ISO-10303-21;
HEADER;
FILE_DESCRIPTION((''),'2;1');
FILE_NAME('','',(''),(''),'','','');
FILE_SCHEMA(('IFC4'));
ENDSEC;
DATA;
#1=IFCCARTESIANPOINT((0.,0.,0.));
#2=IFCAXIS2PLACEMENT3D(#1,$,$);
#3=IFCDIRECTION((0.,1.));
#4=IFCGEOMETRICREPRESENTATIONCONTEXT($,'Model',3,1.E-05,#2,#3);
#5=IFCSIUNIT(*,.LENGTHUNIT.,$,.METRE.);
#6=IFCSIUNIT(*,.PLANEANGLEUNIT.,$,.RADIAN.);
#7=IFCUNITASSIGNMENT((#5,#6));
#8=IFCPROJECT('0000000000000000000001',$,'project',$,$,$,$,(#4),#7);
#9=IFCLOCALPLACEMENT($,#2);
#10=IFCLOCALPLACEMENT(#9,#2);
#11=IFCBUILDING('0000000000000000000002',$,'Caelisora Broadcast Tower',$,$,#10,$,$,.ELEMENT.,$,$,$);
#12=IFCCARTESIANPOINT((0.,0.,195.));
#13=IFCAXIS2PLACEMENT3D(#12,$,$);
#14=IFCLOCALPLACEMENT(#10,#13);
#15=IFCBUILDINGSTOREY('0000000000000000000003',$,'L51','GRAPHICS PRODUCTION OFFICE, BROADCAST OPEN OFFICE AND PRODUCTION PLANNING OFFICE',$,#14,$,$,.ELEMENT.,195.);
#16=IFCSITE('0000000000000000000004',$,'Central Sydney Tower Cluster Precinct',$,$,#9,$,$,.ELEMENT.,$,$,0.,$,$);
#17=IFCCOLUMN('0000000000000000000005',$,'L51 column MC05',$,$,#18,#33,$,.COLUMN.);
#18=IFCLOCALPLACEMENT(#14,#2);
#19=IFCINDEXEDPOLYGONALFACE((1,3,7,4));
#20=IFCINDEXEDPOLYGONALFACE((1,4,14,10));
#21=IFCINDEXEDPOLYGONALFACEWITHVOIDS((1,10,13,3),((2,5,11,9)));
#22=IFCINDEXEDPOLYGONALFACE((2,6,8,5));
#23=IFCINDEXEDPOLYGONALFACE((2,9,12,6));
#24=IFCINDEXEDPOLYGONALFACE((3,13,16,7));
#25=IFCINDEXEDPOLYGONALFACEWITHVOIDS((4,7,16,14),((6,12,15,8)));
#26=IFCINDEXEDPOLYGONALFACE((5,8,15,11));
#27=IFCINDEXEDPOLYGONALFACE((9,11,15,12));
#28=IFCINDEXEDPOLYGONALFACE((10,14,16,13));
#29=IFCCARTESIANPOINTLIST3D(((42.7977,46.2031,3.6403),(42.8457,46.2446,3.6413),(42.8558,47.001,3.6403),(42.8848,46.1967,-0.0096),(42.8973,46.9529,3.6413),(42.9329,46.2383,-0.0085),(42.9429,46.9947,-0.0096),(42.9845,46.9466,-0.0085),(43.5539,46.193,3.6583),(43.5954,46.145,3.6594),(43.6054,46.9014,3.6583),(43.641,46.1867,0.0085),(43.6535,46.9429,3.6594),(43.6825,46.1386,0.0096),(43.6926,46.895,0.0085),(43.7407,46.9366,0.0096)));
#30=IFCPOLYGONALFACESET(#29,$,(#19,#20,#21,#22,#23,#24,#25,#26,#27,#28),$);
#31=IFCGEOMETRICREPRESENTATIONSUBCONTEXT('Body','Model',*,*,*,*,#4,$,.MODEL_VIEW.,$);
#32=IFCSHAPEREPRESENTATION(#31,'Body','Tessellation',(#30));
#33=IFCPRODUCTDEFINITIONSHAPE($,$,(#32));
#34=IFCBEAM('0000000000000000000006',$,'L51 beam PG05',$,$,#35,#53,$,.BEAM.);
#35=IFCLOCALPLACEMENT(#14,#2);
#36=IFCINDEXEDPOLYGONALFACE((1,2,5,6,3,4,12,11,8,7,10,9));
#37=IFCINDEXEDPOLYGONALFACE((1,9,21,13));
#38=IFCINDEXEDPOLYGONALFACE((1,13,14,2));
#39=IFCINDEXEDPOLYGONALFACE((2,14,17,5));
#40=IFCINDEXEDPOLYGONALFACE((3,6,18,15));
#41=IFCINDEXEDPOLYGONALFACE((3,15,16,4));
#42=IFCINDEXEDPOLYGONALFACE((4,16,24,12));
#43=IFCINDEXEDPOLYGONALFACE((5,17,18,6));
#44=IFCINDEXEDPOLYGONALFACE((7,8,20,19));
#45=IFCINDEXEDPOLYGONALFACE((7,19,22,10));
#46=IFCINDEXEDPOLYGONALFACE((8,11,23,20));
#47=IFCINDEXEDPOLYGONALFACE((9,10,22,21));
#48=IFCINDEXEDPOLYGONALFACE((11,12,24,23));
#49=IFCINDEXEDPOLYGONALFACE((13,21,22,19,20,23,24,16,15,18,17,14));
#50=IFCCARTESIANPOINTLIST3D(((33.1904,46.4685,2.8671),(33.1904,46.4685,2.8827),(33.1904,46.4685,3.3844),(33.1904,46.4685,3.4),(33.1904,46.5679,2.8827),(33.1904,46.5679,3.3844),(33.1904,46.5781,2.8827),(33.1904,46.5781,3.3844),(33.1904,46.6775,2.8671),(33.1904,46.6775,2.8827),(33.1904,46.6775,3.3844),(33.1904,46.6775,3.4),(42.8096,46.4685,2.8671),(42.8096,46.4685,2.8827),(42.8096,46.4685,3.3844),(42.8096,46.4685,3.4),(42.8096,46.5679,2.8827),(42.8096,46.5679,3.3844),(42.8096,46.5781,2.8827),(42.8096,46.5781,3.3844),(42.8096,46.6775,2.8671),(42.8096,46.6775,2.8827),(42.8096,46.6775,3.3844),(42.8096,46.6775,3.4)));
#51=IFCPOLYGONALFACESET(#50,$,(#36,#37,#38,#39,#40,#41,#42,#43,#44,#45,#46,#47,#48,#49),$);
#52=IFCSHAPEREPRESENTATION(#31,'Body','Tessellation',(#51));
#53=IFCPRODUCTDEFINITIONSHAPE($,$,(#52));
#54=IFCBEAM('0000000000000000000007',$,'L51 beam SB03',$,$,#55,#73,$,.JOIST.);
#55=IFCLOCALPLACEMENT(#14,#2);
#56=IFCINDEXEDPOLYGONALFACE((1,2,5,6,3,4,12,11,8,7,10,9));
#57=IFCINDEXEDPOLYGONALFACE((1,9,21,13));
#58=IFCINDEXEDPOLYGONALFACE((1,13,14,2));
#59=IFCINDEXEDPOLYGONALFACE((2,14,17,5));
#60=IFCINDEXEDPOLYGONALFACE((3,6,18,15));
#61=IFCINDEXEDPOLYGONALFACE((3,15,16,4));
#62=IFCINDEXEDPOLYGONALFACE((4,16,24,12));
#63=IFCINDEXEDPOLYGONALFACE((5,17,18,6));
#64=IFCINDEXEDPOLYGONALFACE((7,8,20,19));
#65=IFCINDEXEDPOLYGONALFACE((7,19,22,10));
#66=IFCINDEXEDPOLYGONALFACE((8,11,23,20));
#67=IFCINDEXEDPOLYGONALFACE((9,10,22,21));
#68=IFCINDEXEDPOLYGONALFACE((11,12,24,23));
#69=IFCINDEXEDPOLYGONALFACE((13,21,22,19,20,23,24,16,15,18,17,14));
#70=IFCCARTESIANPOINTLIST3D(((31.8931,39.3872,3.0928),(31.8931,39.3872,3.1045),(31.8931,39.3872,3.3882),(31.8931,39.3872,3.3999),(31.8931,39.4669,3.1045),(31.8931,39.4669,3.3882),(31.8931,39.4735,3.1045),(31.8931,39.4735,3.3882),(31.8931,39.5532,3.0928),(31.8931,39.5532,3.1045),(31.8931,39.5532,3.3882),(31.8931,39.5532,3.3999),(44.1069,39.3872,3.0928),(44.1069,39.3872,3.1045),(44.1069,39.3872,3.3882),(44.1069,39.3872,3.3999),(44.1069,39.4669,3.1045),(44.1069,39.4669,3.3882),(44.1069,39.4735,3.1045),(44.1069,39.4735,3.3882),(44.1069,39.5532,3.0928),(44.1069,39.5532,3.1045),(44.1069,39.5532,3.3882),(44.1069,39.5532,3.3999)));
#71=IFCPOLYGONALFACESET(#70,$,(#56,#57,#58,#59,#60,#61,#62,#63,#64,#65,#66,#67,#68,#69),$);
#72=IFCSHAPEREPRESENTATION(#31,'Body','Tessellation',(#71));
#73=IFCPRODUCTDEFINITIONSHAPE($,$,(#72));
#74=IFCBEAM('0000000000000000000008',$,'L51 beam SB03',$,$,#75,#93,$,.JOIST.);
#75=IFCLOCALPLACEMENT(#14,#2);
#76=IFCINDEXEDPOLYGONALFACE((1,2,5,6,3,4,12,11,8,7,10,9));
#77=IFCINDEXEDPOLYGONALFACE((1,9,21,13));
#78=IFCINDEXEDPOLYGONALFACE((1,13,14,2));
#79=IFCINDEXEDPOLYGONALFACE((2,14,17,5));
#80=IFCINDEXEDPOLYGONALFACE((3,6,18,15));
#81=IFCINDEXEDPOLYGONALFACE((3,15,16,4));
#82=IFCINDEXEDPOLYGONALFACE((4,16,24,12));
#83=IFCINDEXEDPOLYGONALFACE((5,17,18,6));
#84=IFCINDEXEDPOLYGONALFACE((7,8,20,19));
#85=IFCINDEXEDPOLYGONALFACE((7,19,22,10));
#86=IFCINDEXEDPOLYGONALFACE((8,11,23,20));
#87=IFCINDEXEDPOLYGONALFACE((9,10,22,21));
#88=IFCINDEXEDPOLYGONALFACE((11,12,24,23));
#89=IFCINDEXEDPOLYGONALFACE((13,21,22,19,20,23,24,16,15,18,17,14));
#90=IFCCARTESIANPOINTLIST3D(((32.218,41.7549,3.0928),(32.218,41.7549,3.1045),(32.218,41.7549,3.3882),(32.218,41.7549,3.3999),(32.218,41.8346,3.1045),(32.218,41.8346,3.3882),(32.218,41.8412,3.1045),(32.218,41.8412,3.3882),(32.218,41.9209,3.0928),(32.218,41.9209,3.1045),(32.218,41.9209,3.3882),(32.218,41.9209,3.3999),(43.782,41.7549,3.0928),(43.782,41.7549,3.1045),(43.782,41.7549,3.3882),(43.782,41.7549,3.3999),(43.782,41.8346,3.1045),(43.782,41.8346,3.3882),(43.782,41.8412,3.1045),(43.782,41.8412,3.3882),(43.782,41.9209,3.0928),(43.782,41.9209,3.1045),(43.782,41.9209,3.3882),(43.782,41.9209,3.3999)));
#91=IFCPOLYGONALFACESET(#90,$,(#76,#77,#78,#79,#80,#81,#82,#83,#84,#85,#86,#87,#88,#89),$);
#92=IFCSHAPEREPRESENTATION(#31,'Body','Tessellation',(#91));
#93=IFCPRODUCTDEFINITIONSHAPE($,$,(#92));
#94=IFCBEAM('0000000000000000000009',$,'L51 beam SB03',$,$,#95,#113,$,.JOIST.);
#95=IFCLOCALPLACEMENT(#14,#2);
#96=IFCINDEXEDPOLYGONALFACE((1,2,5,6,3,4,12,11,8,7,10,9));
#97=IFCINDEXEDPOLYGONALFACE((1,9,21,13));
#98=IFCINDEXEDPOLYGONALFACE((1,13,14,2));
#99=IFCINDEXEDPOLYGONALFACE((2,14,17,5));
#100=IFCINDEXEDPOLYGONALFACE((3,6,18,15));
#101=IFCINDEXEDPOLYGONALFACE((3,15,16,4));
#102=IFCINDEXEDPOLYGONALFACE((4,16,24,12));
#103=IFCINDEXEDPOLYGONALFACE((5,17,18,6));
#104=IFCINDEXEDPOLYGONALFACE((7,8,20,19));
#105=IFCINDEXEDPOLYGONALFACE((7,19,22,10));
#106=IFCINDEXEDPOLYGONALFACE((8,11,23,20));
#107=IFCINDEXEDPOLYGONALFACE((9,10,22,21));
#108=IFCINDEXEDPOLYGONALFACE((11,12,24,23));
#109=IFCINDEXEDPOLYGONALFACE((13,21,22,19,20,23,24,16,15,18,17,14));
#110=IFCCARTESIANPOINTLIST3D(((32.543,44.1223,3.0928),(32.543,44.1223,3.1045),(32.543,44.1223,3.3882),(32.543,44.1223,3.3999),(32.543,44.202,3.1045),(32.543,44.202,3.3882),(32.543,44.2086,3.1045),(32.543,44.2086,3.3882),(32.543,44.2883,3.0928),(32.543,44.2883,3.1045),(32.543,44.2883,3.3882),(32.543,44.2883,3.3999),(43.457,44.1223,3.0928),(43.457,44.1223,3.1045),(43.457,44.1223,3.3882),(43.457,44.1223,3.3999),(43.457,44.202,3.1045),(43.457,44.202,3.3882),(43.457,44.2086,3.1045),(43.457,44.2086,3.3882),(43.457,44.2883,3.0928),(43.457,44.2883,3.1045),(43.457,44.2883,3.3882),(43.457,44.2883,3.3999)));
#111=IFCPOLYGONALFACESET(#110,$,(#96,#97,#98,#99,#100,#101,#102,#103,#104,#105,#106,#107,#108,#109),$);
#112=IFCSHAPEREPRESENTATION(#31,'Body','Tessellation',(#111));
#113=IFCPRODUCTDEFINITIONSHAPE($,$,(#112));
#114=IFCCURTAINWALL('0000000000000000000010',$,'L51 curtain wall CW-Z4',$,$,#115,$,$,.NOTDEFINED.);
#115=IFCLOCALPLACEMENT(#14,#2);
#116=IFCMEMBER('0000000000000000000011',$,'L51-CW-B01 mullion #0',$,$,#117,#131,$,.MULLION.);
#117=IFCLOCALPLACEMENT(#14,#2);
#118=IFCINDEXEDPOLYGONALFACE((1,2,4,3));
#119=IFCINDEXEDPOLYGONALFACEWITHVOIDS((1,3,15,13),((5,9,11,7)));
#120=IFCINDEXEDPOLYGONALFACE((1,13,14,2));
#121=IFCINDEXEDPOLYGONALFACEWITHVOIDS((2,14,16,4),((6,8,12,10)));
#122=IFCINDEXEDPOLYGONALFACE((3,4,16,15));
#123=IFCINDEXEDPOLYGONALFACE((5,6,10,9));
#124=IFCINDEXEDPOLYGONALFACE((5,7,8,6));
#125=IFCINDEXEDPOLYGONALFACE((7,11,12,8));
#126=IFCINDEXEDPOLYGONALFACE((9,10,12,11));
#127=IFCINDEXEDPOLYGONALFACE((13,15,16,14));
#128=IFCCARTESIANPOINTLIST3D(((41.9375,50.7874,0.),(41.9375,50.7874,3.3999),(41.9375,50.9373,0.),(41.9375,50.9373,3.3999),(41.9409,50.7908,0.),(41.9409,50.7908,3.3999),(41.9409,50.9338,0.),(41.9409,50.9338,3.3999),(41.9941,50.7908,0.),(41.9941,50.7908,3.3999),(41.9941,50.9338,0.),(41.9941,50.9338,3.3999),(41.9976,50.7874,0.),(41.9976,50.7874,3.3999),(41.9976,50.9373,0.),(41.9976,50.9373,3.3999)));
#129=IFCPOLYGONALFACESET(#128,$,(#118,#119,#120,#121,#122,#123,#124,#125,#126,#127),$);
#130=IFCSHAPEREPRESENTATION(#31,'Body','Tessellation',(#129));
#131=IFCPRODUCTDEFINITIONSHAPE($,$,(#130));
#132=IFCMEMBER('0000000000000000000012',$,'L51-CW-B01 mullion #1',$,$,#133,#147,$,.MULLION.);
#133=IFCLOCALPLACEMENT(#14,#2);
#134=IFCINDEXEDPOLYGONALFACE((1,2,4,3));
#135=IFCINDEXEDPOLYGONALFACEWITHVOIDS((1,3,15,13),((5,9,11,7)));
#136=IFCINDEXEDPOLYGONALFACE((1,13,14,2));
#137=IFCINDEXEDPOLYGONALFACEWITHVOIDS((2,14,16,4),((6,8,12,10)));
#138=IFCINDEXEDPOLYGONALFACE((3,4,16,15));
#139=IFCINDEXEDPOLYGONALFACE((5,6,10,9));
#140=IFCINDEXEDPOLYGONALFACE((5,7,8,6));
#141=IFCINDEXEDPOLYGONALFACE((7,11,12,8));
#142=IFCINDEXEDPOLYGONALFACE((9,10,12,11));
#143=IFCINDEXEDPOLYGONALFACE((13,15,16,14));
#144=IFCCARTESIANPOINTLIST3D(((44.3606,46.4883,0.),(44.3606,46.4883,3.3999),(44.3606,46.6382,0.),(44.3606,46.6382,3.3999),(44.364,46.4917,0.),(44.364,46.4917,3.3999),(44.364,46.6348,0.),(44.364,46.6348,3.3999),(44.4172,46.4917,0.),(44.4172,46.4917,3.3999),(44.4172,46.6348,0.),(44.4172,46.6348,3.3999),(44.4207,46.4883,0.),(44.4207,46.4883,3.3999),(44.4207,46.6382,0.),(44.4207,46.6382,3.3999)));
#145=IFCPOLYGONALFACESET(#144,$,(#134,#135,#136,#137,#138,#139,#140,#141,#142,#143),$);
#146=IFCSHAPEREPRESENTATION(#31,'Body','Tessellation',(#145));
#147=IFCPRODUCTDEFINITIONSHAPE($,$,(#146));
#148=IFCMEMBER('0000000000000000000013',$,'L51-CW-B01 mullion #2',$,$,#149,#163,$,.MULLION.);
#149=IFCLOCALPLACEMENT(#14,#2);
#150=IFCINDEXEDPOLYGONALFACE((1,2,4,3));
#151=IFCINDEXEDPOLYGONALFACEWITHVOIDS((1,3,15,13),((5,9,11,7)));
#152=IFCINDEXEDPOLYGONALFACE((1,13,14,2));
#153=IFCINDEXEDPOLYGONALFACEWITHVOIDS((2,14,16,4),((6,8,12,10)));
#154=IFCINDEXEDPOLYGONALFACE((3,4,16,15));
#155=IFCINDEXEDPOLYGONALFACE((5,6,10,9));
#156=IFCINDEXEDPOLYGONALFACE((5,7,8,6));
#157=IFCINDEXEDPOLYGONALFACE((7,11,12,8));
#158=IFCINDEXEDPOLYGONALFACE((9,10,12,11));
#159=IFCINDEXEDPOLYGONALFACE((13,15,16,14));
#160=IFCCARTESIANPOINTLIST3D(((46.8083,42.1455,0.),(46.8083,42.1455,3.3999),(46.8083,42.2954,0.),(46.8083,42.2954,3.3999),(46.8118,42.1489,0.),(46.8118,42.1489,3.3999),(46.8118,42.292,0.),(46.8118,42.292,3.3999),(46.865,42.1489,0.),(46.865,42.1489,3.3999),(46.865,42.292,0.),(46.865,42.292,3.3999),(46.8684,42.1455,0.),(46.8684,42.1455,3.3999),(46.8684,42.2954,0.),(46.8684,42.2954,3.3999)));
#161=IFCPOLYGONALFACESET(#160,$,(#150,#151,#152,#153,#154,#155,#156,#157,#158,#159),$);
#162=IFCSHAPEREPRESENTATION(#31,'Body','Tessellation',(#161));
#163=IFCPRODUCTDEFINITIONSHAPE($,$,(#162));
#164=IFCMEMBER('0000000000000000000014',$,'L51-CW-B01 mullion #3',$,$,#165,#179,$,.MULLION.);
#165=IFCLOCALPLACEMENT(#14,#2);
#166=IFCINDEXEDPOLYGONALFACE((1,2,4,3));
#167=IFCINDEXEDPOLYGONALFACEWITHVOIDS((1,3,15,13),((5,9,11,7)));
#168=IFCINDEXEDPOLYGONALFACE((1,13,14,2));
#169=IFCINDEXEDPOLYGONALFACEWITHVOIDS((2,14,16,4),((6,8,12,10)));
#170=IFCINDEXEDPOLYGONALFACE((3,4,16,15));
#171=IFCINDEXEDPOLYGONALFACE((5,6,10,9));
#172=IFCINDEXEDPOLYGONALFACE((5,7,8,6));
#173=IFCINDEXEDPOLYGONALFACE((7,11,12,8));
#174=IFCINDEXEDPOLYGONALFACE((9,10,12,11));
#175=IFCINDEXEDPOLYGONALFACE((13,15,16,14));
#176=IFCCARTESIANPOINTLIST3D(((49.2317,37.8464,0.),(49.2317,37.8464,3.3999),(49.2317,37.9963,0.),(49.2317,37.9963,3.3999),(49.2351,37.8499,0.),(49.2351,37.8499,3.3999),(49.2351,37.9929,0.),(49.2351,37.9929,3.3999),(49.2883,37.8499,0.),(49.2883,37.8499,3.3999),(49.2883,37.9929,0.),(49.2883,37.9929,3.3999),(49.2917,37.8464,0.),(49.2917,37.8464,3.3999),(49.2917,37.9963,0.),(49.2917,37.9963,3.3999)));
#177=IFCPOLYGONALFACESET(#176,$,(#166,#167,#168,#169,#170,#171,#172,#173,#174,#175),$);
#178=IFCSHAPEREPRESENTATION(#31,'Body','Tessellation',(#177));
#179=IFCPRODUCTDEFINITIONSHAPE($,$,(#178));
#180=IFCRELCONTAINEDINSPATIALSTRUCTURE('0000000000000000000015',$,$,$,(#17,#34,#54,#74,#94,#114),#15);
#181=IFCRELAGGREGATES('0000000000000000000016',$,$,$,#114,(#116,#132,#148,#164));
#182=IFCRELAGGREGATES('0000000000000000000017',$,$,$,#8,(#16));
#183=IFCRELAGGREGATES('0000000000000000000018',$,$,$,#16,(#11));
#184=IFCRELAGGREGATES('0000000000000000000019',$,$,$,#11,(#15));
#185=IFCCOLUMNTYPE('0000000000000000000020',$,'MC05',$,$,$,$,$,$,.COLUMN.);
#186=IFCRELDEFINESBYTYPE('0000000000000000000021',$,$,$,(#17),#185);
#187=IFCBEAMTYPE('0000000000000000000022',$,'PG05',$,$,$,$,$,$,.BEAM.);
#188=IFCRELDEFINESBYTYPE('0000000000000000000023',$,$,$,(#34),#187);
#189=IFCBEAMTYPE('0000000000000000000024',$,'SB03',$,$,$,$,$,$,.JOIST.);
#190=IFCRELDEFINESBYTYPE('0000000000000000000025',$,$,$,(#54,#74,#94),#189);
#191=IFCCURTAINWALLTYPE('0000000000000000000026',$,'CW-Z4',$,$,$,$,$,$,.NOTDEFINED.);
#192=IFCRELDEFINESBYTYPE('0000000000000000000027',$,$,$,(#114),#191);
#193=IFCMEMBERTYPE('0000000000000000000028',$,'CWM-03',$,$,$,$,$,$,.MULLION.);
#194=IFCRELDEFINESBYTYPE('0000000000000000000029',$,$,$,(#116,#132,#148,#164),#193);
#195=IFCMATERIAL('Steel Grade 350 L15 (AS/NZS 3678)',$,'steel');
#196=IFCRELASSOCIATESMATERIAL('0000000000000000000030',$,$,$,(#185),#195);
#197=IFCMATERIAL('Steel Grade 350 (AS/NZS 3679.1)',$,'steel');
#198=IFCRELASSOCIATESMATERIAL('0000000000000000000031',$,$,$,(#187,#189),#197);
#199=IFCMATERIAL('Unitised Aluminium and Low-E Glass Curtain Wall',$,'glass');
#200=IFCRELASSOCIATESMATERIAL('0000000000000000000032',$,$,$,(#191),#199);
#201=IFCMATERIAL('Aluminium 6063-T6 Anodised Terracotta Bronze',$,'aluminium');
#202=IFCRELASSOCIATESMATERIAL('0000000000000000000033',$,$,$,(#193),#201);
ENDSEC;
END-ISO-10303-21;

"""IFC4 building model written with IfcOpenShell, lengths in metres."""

from ifc_helpers import new_model, si_unit, direction, frame, origin, origin_2d, place, context, subcontext, project, spatial, hollow_rectangle, i_section, extrude, source, transform, mapped, material, material_profile, profile_set, type_object, type_shapes, element, aggregate, save


model = new_model("IFC4")

# Units and contexts
model_context = context("Model", 3, precision=1e-05, world=origin(), true_north=direction((0.0, 1.0)))
body_context = subcontext(model_context, "Body", "Model", "MODEL_VIEW")
ifc_project = project(units=[si_unit("LENGTHUNIT", "METRE"), si_unit("PLANEANGLEUNIT", "RADIAN")], contexts=[model_context])

# Site, building, storey
site_placement = place(None, origin())
site = spatial("IfcSite", under=ifc_project, at=site_placement, Name="Central Sydney Tower Cluster Precinct", CompositionType="ELEMENT", RefElevation=0.0)
building_placement = place(site_placement, origin())
building = spatial("IfcBuilding", under=site, at=building_placement, Name="Caelisora Broadcast Tower", CompositionType="ELEMENT")
storey_placement = place(building_placement, frame((0.0, 0.0, 195.0)))
storey = spatial("IfcBuildingStorey", under=building, at=storey_placement, Name="L51", Description="GRAPHICS PRODUCTION OFFICE, BROADCAST OPEN OFFICE AND PRODUCTION PLANNING OFFICE", CompositionType="ELEMENT", Elevation=195.0)

# Column
ifc_material_1 = material(Name="Steel Grade 350 L15 (AS/NZS 3678)", Category="steel")
ifc_material_profile_1 = material_profile(ifc_material_1, hollow_rectangle(XDim=0.8, YDim=0.8, WallThickness=0.0449, at=origin_2d()), Name="Steel Grade 350 L15 (AS/NZS 3678)")
ifc_profile_set_1 = profile_set([ifc_material_profile_1], Name="Steel Grade 350 L15 (AS/NZS 3678)")
column_type = type_object("IfcColumnType", Name="MC05", PredefinedType="COLUMN", material=ifc_profile_set_1)
shared_shape_1 = source(origin(), body_context, "Body", "SweptSolid", [
    extrude(hollow_rectangle(XDim=0.8, YDim=0.8, WallThickness=0.0449, at=origin_2d()), origin(), (0.0, 0.0, 1.0), 3.6509),
])
type_shapes(column_type, [shared_shape_1])
column_placement = place(storey_placement, frame((43.3127, 46.5667, 0.0), z_axis=(-0.023873, 0.001739, 0.999713), x_axis=(-0.072637, -0.997358, 0.0)))
element("IfcColumn", 1, at=column_placement, inside=storey, type_object=column_type, Name="L51 column MC05", PredefinedType="COLUMN", context=body_context, shape_type="MappedRepresentation", body=[
    mapped(shared_shape_1, transform((0.0, 0.0, 0.0), scale=1.0)),
])

# Beams
ifc_material_2 = material(Name="Steel Grade 350 (AS/NZS 3679.1)", Category="steel")
ifc_material_profile_2 = material_profile(ifc_material_2, i_section(OverallWidth=0.209, OverallDepth=0.533, WebThickness=0.0103, FlangeThickness=0.0156, at=origin_2d()), Name="Steel Grade 350 (AS/NZS 3679.1)")
ifc_profile_set_2 = profile_set([ifc_material_profile_2], Name="Steel Grade 350 (AS/NZS 3679.1)")
beam_type_1 = type_object("IfcBeamType", Name="PG05", PredefinedType="BEAM", material=ifc_profile_set_2)
shared_shape_2 = source(origin(), body_context, "Body", "SweptSolid", [
    extrude(i_section(OverallWidth=0.209, OverallDepth=0.533, WebThickness=0.0103, FlangeThickness=0.0156, at=origin_2d()), origin(), (0.0, 0.0, 1.0), 9.6191),
])
type_shapes(beam_type_1, [shared_shape_2])
beam_1_placement = place(storey_placement, frame((42.8096, 46.573, 3.1335), z_axis=(-1.0, 0.0, 0.0), x_axis=(0.0, -1.0, 0.0)))
element("IfcBeam", 2, at=beam_1_placement, inside=storey, type_object=beam_type_1, Name="L51 beam PG05", PredefinedType="BEAM", context=body_context, shape_type="MappedRepresentation", body=[
    mapped(shared_shape_2, transform((0.0, 0.0, 0.0), scale=1.0)),
])
ifc_material_profile_3 = material_profile(ifc_material_2, i_section(OverallWidth=0.166, OverallDepth=0.3071, WebThickness=0.0066, FlangeThickness=0.0117, at=origin_2d()), Name="Steel Grade 350 (AS/NZS 3679.1)")
ifc_profile_set_3 = profile_set([ifc_material_profile_3], Name="Steel Grade 350 (AS/NZS 3679.1)")
beam_type_2 = type_object("IfcBeamType", Name="SB03", PredefinedType="JOIST", material=ifc_profile_set_3)
shared_shape_3 = source(origin(), body_context, "Body", "SweptSolid", [
    extrude(i_section(OverallWidth=0.166, OverallDepth=0.3071, WebThickness=0.0066, FlangeThickness=0.0117, at=origin_2d()), origin(), (0.0, 0.0, 1.0), 12.2139),
])
beam_2_placement = place(storey_placement, frame((44.1069, 39.4702, 3.2463), z_axis=(-1.0, 0.0, 0.0), x_axis=(0.0, -1.0, 0.0)))
element("IfcBeam", 3, at=beam_2_placement, inside=storey, type_object=beam_type_2, Name="L51 beam SB03", PredefinedType="JOIST", context=body_context, shape_type="MappedRepresentation", body=[
    mapped(shared_shape_3, transform((0.0, 0.0, 0.0), scale=1.0)),
])
shared_shape_4 = source(origin(), body_context, "Body", "SweptSolid", [
    extrude(i_section(OverallWidth=0.166, OverallDepth=0.3071, WebThickness=0.0066, FlangeThickness=0.0117, at=origin_2d()), origin(), (0.0, 0.0, 1.0), 11.564),
])
beam_3_placement = place(storey_placement, frame((43.782, 41.8379, 3.2463), z_axis=(-1.0, 0.0, 0.0), x_axis=(0.0, -1.0, 0.0)))
element("IfcBeam", 4, at=beam_3_placement, inside=storey, type_object=beam_type_2, Name="L51 beam SB03", PredefinedType="JOIST", context=body_context, shape_type="MappedRepresentation", body=[
    mapped(shared_shape_4, transform((0.0, 0.0, 0.0), scale=1.0)),
])
shared_shape_5 = source(origin(), body_context, "Body", "SweptSolid", [
    extrude(i_section(OverallWidth=0.166, OverallDepth=0.3071, WebThickness=0.0066, FlangeThickness=0.0117, at=origin_2d()), origin(), (0.0, 0.0, 1.0), 10.9141),
])
type_shapes(beam_type_2, [shared_shape_3, shared_shape_4, shared_shape_5])
beam_4_placement = place(storey_placement, frame((43.457, 44.2053, 3.2463), z_axis=(-1.0, 0.0, 0.0), x_axis=(0.0, -1.0, 0.0)))
element("IfcBeam", 5, at=beam_4_placement, inside=storey, type_object=beam_type_2, Name="L51 beam SB03", PredefinedType="JOIST", context=body_context, shape_type="MappedRepresentation", body=[
    mapped(shared_shape_5, transform((0.0, 0.0, 0.0), scale=1.0)),
])

# Curtain wall, members
ifc_material_3 = material(Name="Unitised Aluminium and Low-E Glass Curtain Wall", Category="glass")
curtain_wall_type_1 = type_object("IfcCurtainWallType", Name="CW-Z4", PredefinedType="NOTDEFINED", material=ifc_material_3)
curtain_wall_1_placement = place(storey_placement, origin())
curtain_wall_1 = element("IfcCurtainWall", 6, at=curtain_wall_1_placement, inside=storey, type_object=curtain_wall_type_1, Name="L51 curtain wall CW-Z4", PredefinedType="NOTDEFINED")
ifc_material_4 = material(Name="Aluminium 6063-T6 Anodised Terracotta Bronze", Category="aluminium")
ifc_material_profile_4 = material_profile(ifc_material_4, hollow_rectangle(XDim=0.0601, YDim=0.1499, WallThickness=0.0034, at=origin_2d()), Name="Aluminium 6063-T6 Anodised Terracotta Bronze")
ifc_profile_set_4 = profile_set([ifc_material_profile_4], Name="Aluminium 6063-T6 Anodised Terracotta Bronze")
member_type_1 = type_object("IfcMemberType", Name="CWM-03", PredefinedType="MULLION", material=ifc_profile_set_4)
shared_shape_6 = source(origin(), body_context, "Body", "SweptSolid", [
    extrude(hollow_rectangle(XDim=0.0601, YDim=0.1499, WallThickness=0.0034, at=origin_2d()), origin(), (0.0, 0.0, 1.0), 3.3999),
])
type_shapes(member_type_1, [shared_shape_6])
member_1_placement = place(storey_placement, frame((41.9675, 50.8623, 0.0), z_axis=(0.0, 0.0, 1.0), x_axis=(1.0, 0.0, 0.0)))
member_1 = element("IfcMember", 7, at=member_1_placement, type_object=member_type_1, Name="L51-CW-B01 mullion #0", PredefinedType="MULLION", context=body_context, shape_type="MappedRepresentation", body=[
    mapped(shared_shape_6, transform((0.0, 0.0, 0.0), scale=1.0)),
])
member_2_placement = place(storey_placement, frame((44.3906, 46.5632, 0.0), z_axis=(0.0, 0.0, 1.0), x_axis=(1.0, 0.0, 0.0)))
member_2 = element("IfcMember", 8, at=member_2_placement, type_object=member_type_1, Name="L51-CW-B01 mullion #1", PredefinedType="MULLION", context=body_context, shape_type="MappedRepresentation", body=[
    mapped(shared_shape_6, transform((0.0, 0.0, 0.0), scale=1.0)),
])
member_3_placement = place(storey_placement, frame((46.8384, 42.2205, 0.0), z_axis=(0.0, 0.0, 1.0), x_axis=(1.0, 0.0, 0.0)))
member_3 = element("IfcMember", 9, at=member_3_placement, type_object=member_type_1, Name="L51-CW-B01 mullion #2", PredefinedType="MULLION", context=body_context, shape_type="MappedRepresentation", body=[
    mapped(shared_shape_6, transform((0.0, 0.0, 0.0), scale=1.0)),
])
member_4_placement = place(storey_placement, frame((49.2617, 37.9214, 0.0), z_axis=(0.0, 0.0, 1.0), x_axis=(1.0, 0.0, 0.0)))
member_4 = element("IfcMember", 10, at=member_4_placement, type_object=member_type_1, Name="L51-CW-B01 mullion #3", PredefinedType="MULLION", context=body_context, shape_type="MappedRepresentation", body=[
    mapped(shared_shape_6, transform((0.0, 0.0, 0.0), scale=1.0)),
])

aggregate(curtain_wall_1, [member_1, member_2, member_3, member_4])

save(model, "model.ifc")
